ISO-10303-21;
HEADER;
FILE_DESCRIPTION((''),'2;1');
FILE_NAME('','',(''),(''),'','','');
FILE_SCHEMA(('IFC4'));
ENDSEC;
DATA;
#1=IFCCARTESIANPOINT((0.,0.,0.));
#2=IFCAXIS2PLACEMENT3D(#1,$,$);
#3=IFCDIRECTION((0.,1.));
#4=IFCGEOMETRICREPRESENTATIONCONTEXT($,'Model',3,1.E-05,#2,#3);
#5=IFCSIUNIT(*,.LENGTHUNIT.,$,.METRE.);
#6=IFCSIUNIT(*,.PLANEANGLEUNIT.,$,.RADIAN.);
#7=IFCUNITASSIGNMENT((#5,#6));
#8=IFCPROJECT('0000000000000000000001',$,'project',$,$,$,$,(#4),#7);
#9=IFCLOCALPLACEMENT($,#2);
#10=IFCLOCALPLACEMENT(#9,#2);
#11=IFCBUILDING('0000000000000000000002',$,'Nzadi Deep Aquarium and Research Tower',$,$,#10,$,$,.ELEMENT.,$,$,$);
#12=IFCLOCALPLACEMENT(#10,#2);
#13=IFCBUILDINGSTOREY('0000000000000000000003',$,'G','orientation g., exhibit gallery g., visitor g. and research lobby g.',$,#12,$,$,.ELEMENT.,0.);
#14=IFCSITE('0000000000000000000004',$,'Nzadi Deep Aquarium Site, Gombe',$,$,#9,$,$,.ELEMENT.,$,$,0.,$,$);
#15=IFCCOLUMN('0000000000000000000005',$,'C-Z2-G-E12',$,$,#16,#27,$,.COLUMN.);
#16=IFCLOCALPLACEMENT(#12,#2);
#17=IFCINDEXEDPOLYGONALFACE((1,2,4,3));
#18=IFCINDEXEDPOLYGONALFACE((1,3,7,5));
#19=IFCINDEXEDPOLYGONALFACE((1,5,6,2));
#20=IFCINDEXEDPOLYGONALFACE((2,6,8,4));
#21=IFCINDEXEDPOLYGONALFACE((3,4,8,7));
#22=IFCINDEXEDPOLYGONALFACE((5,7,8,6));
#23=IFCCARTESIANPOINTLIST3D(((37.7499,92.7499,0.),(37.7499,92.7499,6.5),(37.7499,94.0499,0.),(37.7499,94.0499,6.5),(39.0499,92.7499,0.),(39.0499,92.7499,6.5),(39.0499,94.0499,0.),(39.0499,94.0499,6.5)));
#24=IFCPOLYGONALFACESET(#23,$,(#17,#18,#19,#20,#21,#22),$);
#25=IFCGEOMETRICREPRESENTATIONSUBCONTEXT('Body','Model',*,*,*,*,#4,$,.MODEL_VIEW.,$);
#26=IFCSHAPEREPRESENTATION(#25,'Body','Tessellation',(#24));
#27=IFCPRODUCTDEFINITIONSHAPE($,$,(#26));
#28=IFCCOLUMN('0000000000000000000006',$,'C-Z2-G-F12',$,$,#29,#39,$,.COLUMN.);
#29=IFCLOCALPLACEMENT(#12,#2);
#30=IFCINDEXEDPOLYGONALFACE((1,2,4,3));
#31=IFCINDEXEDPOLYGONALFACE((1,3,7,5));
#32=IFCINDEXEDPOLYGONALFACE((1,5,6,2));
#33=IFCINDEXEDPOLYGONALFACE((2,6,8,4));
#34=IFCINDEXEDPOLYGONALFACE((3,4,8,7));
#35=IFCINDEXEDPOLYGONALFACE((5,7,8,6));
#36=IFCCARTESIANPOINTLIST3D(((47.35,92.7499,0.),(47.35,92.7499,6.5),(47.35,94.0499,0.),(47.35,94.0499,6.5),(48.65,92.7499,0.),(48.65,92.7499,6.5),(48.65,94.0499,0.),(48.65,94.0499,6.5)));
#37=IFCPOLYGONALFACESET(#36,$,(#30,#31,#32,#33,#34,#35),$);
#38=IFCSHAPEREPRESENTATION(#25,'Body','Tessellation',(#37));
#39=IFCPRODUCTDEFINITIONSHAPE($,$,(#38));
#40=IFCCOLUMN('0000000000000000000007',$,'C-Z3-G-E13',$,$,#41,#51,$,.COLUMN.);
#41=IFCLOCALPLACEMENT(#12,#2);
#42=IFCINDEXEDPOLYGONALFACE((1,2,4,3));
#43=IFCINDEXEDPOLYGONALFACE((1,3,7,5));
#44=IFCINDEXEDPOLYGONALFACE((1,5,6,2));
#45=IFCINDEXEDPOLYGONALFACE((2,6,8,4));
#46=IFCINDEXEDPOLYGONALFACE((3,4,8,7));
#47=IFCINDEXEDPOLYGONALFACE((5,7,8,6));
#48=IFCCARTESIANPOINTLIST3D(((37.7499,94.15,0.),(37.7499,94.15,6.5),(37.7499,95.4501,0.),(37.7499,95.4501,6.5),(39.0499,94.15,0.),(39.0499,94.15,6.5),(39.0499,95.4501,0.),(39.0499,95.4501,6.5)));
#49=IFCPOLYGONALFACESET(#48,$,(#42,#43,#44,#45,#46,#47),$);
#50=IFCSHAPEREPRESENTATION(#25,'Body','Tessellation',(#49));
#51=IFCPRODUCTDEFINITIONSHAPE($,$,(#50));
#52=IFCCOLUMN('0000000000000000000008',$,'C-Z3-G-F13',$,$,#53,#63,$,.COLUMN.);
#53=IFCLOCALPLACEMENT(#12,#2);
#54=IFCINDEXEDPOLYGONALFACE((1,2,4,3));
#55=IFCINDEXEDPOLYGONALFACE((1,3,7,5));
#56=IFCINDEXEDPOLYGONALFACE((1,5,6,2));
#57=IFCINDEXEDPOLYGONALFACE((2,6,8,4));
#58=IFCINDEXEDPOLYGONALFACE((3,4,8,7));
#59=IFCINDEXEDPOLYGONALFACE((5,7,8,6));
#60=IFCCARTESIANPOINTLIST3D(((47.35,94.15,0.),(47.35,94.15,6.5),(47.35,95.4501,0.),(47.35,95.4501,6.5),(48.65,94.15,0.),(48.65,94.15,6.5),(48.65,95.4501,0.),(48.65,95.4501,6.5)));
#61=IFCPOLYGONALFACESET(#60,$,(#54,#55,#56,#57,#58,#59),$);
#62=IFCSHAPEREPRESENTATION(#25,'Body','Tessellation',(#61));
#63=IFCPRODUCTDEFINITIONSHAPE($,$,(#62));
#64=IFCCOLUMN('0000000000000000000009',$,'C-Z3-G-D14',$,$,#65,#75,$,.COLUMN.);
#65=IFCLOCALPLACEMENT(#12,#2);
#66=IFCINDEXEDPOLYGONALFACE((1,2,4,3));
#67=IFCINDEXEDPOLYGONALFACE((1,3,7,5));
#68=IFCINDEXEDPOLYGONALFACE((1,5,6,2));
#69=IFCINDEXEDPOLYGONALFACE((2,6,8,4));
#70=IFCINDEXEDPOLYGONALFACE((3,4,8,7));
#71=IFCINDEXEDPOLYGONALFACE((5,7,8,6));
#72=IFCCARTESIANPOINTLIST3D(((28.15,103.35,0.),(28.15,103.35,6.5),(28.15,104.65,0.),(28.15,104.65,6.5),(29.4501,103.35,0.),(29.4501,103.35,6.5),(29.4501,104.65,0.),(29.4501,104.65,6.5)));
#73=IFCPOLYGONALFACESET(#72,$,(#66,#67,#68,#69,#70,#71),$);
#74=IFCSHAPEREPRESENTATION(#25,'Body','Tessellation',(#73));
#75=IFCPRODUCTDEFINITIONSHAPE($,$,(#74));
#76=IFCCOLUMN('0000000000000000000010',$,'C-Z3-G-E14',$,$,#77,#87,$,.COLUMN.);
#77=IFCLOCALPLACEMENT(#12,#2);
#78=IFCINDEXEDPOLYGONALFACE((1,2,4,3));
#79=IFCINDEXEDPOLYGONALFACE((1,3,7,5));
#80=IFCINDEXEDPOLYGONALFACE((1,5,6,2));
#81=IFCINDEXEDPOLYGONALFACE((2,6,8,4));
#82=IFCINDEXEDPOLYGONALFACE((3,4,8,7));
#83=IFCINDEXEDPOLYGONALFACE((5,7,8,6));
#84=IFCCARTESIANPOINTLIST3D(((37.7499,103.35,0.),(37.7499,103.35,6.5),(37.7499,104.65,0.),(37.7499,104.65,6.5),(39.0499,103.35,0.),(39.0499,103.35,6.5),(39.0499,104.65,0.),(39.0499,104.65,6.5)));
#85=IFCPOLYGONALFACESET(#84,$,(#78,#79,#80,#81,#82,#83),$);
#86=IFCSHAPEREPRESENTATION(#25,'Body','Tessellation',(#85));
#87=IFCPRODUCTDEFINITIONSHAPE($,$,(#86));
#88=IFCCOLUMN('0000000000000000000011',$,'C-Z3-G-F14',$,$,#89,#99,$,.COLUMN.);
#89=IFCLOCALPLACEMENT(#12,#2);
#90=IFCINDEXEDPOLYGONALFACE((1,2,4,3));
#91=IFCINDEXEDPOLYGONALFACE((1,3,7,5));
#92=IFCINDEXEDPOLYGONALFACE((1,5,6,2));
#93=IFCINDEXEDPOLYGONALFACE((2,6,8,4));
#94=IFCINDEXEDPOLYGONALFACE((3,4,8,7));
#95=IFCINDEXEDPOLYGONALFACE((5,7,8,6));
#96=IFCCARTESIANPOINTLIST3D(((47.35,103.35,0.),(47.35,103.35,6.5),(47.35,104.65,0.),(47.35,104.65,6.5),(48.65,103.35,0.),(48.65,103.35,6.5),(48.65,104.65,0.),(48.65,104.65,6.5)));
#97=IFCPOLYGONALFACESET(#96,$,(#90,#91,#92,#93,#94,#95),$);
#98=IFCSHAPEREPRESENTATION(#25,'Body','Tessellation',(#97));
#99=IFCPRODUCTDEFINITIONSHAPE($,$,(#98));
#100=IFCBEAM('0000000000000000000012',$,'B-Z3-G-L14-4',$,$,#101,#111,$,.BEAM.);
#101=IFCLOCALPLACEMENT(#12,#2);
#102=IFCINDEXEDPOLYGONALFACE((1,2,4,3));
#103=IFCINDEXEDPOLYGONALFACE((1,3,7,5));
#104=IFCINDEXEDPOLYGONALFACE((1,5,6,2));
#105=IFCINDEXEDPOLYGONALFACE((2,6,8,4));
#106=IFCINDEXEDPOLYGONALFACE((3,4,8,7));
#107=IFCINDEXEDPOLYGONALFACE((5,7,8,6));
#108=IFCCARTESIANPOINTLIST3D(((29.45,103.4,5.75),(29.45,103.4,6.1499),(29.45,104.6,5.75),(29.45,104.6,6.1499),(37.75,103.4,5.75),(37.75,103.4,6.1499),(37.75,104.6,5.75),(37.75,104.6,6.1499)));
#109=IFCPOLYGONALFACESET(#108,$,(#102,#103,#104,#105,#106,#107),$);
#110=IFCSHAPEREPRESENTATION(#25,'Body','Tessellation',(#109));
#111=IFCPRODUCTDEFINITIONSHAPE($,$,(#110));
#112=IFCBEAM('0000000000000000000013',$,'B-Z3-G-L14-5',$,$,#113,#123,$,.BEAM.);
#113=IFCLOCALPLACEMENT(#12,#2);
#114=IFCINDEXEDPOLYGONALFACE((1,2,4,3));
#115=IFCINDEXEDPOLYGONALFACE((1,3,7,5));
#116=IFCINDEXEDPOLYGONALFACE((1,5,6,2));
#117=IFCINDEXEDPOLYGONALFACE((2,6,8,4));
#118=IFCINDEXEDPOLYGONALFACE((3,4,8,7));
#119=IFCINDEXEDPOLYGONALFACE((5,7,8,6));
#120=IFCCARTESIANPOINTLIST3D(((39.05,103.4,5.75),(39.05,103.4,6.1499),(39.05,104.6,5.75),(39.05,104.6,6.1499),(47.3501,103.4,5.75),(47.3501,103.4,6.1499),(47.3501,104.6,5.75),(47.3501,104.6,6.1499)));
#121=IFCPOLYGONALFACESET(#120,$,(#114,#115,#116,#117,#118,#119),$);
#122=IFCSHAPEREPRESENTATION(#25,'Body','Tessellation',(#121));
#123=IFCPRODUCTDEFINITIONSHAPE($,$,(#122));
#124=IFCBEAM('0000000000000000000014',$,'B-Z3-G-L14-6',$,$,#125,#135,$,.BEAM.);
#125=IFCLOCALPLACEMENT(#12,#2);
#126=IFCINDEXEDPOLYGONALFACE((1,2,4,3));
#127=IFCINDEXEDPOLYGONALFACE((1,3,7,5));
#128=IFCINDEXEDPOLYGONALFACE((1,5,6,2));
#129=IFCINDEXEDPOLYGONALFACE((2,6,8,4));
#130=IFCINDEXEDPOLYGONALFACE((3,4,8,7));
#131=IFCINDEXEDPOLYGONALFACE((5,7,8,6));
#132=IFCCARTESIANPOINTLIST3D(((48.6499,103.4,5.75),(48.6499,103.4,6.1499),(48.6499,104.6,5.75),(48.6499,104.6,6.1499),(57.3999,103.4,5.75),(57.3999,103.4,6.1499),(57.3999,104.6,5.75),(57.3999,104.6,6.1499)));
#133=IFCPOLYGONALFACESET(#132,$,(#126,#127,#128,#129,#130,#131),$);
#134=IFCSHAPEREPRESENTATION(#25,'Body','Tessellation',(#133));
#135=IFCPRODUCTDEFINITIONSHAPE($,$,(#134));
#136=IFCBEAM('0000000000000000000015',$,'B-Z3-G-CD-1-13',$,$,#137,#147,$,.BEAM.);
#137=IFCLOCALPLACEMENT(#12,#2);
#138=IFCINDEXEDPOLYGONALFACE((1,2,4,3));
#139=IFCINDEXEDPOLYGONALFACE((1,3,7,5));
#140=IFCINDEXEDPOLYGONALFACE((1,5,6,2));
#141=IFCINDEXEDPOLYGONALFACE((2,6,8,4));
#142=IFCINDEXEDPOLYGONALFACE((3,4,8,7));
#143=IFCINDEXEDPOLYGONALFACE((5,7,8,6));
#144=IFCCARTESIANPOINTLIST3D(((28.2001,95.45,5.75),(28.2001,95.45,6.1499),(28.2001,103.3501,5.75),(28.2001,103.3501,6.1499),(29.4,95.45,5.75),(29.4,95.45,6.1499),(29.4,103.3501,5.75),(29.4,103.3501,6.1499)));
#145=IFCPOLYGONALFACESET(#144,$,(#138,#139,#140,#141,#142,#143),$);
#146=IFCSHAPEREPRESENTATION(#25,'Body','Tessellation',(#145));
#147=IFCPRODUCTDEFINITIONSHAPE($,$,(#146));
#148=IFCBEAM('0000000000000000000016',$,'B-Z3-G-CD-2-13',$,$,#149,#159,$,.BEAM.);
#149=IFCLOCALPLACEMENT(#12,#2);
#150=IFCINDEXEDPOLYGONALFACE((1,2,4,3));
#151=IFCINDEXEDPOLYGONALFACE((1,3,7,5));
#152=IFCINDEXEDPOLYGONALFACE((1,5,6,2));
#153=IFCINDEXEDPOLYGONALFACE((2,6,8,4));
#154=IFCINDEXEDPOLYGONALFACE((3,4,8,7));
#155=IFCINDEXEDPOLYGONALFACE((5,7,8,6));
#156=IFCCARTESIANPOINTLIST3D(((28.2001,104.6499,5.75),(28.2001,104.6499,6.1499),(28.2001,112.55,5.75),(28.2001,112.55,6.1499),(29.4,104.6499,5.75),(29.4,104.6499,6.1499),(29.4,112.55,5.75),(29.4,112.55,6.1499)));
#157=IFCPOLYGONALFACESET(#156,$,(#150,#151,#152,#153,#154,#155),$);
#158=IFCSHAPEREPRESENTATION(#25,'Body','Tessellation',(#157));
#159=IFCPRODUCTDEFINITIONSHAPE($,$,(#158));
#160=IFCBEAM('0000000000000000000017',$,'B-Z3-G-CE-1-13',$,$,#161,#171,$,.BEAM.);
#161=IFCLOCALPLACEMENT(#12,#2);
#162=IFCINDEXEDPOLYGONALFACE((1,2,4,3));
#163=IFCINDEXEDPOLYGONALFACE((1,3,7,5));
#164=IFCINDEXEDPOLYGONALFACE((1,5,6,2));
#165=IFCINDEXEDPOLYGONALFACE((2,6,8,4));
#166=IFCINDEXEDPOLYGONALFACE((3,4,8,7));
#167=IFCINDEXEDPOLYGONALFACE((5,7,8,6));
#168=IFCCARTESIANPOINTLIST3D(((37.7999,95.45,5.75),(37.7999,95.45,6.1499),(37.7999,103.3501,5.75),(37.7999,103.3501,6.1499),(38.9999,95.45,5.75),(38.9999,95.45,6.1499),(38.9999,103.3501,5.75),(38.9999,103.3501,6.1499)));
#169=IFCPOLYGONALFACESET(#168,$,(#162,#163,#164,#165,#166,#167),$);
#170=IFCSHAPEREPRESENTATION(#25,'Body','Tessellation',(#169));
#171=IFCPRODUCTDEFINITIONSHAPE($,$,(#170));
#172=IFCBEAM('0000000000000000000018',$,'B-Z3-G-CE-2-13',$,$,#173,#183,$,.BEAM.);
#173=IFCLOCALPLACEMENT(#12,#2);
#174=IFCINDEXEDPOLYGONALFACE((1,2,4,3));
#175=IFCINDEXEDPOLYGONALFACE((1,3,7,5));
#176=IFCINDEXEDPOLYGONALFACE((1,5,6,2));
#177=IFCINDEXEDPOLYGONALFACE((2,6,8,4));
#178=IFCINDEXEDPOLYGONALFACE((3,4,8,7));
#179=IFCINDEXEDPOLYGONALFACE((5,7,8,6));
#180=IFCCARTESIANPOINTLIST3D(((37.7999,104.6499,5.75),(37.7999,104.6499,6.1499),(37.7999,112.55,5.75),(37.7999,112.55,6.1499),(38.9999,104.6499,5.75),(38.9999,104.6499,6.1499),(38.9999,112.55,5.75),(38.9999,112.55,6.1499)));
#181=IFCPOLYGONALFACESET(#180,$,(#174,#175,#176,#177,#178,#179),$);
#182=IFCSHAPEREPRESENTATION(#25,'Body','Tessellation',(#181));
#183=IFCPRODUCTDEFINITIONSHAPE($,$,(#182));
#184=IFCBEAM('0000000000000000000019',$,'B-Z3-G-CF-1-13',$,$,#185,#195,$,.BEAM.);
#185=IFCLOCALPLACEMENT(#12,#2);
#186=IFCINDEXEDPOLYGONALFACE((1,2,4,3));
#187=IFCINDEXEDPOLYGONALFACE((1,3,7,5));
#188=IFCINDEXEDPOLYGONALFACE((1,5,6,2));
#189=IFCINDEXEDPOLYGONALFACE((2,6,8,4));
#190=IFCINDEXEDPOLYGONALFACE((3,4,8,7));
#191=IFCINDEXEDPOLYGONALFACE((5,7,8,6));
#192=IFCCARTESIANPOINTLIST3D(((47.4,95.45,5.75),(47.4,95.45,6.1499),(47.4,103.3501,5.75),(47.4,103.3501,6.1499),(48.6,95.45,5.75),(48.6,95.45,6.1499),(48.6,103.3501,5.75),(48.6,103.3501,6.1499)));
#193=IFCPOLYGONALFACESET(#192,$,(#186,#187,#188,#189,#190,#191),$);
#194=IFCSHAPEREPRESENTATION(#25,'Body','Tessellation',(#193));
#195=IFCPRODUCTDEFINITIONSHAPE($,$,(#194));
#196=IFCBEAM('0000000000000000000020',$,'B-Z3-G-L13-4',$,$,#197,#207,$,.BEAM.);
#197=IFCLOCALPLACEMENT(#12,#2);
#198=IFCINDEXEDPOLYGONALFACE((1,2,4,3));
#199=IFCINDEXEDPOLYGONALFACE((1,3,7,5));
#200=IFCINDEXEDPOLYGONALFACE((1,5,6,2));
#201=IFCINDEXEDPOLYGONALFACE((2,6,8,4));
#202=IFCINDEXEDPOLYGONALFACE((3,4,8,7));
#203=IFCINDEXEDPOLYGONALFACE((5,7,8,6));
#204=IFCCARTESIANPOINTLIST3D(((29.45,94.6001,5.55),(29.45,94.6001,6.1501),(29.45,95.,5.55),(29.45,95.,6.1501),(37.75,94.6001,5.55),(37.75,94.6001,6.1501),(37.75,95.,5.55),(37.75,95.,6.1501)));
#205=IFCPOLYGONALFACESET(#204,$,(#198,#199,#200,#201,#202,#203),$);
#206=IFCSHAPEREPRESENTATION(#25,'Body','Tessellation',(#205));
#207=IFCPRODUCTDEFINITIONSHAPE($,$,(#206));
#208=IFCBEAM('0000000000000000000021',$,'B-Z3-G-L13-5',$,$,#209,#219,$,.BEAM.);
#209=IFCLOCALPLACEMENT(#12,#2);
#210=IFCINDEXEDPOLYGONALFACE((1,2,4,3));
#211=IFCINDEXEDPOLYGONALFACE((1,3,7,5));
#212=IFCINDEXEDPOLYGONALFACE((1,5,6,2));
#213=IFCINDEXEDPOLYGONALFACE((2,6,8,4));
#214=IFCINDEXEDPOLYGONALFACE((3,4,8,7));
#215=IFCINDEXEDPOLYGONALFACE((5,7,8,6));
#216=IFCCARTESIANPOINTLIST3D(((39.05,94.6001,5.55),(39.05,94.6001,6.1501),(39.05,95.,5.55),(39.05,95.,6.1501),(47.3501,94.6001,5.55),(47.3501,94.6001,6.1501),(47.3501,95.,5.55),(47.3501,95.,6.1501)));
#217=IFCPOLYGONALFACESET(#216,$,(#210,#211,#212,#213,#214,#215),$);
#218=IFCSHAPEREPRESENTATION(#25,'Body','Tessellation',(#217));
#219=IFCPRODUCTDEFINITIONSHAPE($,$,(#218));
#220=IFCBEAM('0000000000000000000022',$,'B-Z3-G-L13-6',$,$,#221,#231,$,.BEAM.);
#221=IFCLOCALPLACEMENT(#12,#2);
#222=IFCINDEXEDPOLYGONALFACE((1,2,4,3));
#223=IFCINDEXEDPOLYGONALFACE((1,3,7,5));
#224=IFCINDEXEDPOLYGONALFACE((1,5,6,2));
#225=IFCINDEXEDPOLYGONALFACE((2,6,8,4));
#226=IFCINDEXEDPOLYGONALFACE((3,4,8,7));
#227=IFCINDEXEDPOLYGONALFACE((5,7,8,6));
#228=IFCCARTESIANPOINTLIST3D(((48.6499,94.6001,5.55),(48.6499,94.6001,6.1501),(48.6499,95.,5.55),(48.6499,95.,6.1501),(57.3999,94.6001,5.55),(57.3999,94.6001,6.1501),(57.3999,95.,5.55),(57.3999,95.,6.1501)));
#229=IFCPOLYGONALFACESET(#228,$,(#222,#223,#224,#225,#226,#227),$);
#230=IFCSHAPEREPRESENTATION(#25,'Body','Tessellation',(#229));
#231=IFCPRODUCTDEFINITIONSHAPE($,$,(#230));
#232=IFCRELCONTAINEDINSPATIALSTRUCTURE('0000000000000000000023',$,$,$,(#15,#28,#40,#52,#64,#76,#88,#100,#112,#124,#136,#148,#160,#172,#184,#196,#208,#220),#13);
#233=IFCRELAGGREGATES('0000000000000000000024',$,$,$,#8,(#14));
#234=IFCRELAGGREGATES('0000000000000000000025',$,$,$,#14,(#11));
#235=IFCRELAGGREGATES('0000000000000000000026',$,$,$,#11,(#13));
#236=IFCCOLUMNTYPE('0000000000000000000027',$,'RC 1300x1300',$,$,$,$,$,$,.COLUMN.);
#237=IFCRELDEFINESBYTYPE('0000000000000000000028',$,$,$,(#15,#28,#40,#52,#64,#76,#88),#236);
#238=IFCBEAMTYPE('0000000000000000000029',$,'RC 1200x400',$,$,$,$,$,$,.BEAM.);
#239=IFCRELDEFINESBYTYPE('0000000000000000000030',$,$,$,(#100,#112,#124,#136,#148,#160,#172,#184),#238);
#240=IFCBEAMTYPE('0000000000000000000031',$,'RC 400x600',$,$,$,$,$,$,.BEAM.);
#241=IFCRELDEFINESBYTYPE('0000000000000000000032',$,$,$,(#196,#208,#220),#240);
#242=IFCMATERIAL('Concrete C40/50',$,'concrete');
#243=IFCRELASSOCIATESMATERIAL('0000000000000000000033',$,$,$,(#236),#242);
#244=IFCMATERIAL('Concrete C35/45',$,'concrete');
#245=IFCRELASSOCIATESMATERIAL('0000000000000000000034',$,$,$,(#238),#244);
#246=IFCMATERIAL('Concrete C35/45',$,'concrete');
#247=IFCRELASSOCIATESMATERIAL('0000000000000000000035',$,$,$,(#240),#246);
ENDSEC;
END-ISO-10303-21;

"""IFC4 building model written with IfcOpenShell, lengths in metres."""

from ifc_helpers import new_model, si_unit, direction, frame, origin, origin_2d, place, context, subcontext, project, spatial, rectangle, extrude, material, material_profile, profile_set, type_object, element, save


model = new_model("IFC4")

# Units and contexts
model_context = context("Model", 3, precision=1e-05, world=origin(), true_north=direction((0.0, 1.0)))
body_context = subcontext(model_context, "Body", "Model", "MODEL_VIEW")
ifc_project = project(units=[si_unit("LENGTHUNIT", "METRE"), si_unit("PLANEANGLEUNIT", "RADIAN")], contexts=[model_context])

# Site, building, storey
site_placement = place(None, origin())
site = spatial("IfcSite", under=ifc_project, at=site_placement, Name="Nzadi Deep Aquarium Site, Gombe", CompositionType="ELEMENT", RefElevation=0.0)
building_placement = place(site_placement, origin())
building = spatial("IfcBuilding", under=site, at=building_placement, Name="Nzadi Deep Aquarium and Research Tower", CompositionType="ELEMENT")
storey_placement = place(building_placement, origin())
storey = spatial("IfcBuildingStorey", under=building, at=storey_placement, Name="G", Description="orientation g., exhibit gallery g., visitor g. and research lobby g.", CompositionType="ELEMENT", Elevation=0.0)

# Columns
ifc_material_1 = material(Name="Concrete C40/50", Category="concrete")
ifc_material_profile_1 = material_profile(ifc_material_1, rectangle(XDim=1.3, YDim=1.3, at=origin_2d()))
ifc_profile_set_1 = profile_set([ifc_material_profile_1], Name="Concrete C40/50")
column_type = type_object("IfcColumnType", Name="RC 1300x1300", PredefinedType="COLUMN", material=ifc_profile_set_1)
for number, where, z_axis, x_axis, name in (
    (1, (38.3999, 93.3999, 0.0), (0.0, 0.0, 1.0), (1.0, 0.0, 0.0), "C-Z2-G-E12"),
    (2, (48.0, 93.3999, 0.0), (0.0, 0.0, 1.0), (1.0, 0.0, 0.0), "C-Z2-G-F12"),
    (3, (38.3999, 94.8, 0.0), (0.0, 0.0, 1.0), (1.0, 0.0, 0.0), "C-Z3-G-E13"),
    (4, (48.0, 94.8, 0.0), (0.0, 0.0, 1.0), (1.0, 0.0, 0.0), "C-Z3-G-F13"),
    (5, (28.8, 104.0, 0.0), (0.0, 0.0, 1.0), (1.0, 0.0, 0.0), "C-Z3-G-D14"),
    (6, (38.3999, 104.0, 0.0), (0.0, 0.0, 1.0), (1.0, 0.0, 0.0), "C-Z3-G-E14"),
    (7, (48.0, 104.0, 0.0), (0.0, 0.0, 1.0), (1.0, 0.0, 0.0), "C-Z3-G-F14"),
):
    element("IfcColumn", number, at=place(storey_placement, frame(where, z_axis=z_axis, x_axis=x_axis)), inside=storey, type_object=column_type, Name=name, PredefinedType="COLUMN", context=body_context, shape_type="SweptSolid", body=[
        extrude(rectangle(XDim=1.3, YDim=1.3, at=origin_2d()), origin(), (0.0, 0.0, 1.0), 6.5),
    ])

# Beams
ifc_material_2 = material(Name="Concrete C35/45", Category="concrete")
ifc_material_profile_2 = material_profile(ifc_material_2, rectangle(XDim=1.2, YDim=0.3999, at=origin_2d()))
ifc_profile_set_2 = profile_set([ifc_material_profile_2], Name="Concrete C35/45")
beam_type_1 = type_object("IfcBeamType", Name="RC 1200x400", PredefinedType="BEAM", material=ifc_profile_set_2)
for number, where, z_axis, x_axis, name in (
    (8, (29.45, 104.0, 5.95), (1.0, 0.0, 0.0), (0.0, 1.0, 0.0), "B-Z3-G-L14-4"),
    (9, (39.05, 104.0, 5.95), (1.0, 0.0, 0.0), (0.0, 1.0, 0.0), "B-Z3-G-L14-5"),
):
    element("IfcBeam", number, at=place(storey_placement, frame(where, z_axis=z_axis, x_axis=x_axis)), inside=storey, type_object=beam_type_1, Name=name, PredefinedType="BEAM", context=body_context, shape_type="SweptSolid", body=[
        extrude(rectangle(XDim=1.2, YDim=0.3999, at=origin_2d()), origin(), (0.0, 0.0, 1.0), 8.3),
    ])
beam_1_placement = place(storey_placement, frame((48.6499, 104.0, 5.95), z_axis=(1.0, 0.0, 0.0), x_axis=(0.0, 1.0, 0.0)))
element("IfcBeam", 10, at=beam_1_placement, inside=storey, type_object=beam_type_1, Name="B-Z3-G-L14-6", PredefinedType="BEAM", context=body_context, shape_type="SweptSolid", body=[
    extrude(rectangle(XDim=1.2, YDim=0.3999, at=origin_2d()), origin(), (0.0, 0.0, 1.0), 8.75),
])
for number, where, z_axis, x_axis, name in (
    (11, (28.8, 95.45, 5.95), (0.0, 1.0, 0.0), (-1.0, 0.0, 0.0), "B-Z3-G-CD-1-13"),
    (12, (28.8, 104.6499, 5.95), (0.0, 1.0, 0.0), (-1.0, 0.0, 0.0), "B-Z3-G-CD-2-13"),
    (13, (38.3999, 95.45, 5.95), (0.0, 1.0, 0.0), (-1.0, 0.0, 0.0), "B-Z3-G-CE-1-13"),
    (14, (38.3999, 104.6499, 5.95), (0.0, 1.0, 0.0), (-1.0, 0.0, 0.0), "B-Z3-G-CE-2-13"),
    (15, (48.0, 95.45, 5.95), (0.0, 1.0, 0.0), (-1.0, 0.0, 0.0), "B-Z3-G-CF-1-13"),
):
    element("IfcBeam", number, at=place(storey_placement, frame(where, z_axis=z_axis, x_axis=x_axis)), inside=storey, type_object=beam_type_1, Name=name, PredefinedType="BEAM", context=body_context, shape_type="SweptSolid", body=[
        extrude(rectangle(XDim=1.2, YDim=0.3999, at=origin_2d()), origin(), (0.0, 0.0, 1.0), 7.9001),
    ])
ifc_material_3 = material(Name="Concrete C35/45", Category="concrete")
ifc_material_profile_3 = material_profile(ifc_material_3, rectangle(XDim=0.3999, YDim=0.6001, at=origin_2d()))
ifc_profile_set_3 = profile_set([ifc_material_profile_3], Name="Concrete C35/45")
beam_type_2 = type_object("IfcBeamType", Name="RC 400x600", PredefinedType="BEAM", material=ifc_profile_set_3)
for number, where, z_axis, x_axis, name in (
    (16, (29.45, 94.8, 5.8501), (1.0, 0.0, 0.0), (0.0, 1.0, 0.0), "B-Z3-G-L13-4"),
    (17, (39.05, 94.8, 5.8501), (1.0, 0.0, 0.0), (0.0, 1.0, 0.0), "B-Z3-G-L13-5"),
):
    element("IfcBeam", number, at=place(storey_placement, frame(where, z_axis=z_axis, x_axis=x_axis)), inside=storey, type_object=beam_type_2, Name=name, PredefinedType="BEAM", context=body_context, shape_type="SweptSolid", body=[
        extrude(rectangle(XDim=0.3999, YDim=0.6001, at=origin_2d()), origin(), (0.0, 0.0, 1.0), 8.3),
    ])
beam_2_placement = place(storey_placement, frame((48.6499, 94.8, 5.8501), z_axis=(1.0, 0.0, 0.0), x_axis=(0.0, 1.0, 0.0)))
element("IfcBeam", 18, at=beam_2_placement, inside=storey, type_object=beam_type_2, Name="B-Z3-G-L13-6", PredefinedType="BEAM", context=body_context, shape_type="SweptSolid", body=[
    extrude(rectangle(XDim=0.3999, YDim=0.6001, at=origin_2d()), origin(), (0.0, 0.0, 1.0), 8.75),
])

save(model, "model.ifc")
